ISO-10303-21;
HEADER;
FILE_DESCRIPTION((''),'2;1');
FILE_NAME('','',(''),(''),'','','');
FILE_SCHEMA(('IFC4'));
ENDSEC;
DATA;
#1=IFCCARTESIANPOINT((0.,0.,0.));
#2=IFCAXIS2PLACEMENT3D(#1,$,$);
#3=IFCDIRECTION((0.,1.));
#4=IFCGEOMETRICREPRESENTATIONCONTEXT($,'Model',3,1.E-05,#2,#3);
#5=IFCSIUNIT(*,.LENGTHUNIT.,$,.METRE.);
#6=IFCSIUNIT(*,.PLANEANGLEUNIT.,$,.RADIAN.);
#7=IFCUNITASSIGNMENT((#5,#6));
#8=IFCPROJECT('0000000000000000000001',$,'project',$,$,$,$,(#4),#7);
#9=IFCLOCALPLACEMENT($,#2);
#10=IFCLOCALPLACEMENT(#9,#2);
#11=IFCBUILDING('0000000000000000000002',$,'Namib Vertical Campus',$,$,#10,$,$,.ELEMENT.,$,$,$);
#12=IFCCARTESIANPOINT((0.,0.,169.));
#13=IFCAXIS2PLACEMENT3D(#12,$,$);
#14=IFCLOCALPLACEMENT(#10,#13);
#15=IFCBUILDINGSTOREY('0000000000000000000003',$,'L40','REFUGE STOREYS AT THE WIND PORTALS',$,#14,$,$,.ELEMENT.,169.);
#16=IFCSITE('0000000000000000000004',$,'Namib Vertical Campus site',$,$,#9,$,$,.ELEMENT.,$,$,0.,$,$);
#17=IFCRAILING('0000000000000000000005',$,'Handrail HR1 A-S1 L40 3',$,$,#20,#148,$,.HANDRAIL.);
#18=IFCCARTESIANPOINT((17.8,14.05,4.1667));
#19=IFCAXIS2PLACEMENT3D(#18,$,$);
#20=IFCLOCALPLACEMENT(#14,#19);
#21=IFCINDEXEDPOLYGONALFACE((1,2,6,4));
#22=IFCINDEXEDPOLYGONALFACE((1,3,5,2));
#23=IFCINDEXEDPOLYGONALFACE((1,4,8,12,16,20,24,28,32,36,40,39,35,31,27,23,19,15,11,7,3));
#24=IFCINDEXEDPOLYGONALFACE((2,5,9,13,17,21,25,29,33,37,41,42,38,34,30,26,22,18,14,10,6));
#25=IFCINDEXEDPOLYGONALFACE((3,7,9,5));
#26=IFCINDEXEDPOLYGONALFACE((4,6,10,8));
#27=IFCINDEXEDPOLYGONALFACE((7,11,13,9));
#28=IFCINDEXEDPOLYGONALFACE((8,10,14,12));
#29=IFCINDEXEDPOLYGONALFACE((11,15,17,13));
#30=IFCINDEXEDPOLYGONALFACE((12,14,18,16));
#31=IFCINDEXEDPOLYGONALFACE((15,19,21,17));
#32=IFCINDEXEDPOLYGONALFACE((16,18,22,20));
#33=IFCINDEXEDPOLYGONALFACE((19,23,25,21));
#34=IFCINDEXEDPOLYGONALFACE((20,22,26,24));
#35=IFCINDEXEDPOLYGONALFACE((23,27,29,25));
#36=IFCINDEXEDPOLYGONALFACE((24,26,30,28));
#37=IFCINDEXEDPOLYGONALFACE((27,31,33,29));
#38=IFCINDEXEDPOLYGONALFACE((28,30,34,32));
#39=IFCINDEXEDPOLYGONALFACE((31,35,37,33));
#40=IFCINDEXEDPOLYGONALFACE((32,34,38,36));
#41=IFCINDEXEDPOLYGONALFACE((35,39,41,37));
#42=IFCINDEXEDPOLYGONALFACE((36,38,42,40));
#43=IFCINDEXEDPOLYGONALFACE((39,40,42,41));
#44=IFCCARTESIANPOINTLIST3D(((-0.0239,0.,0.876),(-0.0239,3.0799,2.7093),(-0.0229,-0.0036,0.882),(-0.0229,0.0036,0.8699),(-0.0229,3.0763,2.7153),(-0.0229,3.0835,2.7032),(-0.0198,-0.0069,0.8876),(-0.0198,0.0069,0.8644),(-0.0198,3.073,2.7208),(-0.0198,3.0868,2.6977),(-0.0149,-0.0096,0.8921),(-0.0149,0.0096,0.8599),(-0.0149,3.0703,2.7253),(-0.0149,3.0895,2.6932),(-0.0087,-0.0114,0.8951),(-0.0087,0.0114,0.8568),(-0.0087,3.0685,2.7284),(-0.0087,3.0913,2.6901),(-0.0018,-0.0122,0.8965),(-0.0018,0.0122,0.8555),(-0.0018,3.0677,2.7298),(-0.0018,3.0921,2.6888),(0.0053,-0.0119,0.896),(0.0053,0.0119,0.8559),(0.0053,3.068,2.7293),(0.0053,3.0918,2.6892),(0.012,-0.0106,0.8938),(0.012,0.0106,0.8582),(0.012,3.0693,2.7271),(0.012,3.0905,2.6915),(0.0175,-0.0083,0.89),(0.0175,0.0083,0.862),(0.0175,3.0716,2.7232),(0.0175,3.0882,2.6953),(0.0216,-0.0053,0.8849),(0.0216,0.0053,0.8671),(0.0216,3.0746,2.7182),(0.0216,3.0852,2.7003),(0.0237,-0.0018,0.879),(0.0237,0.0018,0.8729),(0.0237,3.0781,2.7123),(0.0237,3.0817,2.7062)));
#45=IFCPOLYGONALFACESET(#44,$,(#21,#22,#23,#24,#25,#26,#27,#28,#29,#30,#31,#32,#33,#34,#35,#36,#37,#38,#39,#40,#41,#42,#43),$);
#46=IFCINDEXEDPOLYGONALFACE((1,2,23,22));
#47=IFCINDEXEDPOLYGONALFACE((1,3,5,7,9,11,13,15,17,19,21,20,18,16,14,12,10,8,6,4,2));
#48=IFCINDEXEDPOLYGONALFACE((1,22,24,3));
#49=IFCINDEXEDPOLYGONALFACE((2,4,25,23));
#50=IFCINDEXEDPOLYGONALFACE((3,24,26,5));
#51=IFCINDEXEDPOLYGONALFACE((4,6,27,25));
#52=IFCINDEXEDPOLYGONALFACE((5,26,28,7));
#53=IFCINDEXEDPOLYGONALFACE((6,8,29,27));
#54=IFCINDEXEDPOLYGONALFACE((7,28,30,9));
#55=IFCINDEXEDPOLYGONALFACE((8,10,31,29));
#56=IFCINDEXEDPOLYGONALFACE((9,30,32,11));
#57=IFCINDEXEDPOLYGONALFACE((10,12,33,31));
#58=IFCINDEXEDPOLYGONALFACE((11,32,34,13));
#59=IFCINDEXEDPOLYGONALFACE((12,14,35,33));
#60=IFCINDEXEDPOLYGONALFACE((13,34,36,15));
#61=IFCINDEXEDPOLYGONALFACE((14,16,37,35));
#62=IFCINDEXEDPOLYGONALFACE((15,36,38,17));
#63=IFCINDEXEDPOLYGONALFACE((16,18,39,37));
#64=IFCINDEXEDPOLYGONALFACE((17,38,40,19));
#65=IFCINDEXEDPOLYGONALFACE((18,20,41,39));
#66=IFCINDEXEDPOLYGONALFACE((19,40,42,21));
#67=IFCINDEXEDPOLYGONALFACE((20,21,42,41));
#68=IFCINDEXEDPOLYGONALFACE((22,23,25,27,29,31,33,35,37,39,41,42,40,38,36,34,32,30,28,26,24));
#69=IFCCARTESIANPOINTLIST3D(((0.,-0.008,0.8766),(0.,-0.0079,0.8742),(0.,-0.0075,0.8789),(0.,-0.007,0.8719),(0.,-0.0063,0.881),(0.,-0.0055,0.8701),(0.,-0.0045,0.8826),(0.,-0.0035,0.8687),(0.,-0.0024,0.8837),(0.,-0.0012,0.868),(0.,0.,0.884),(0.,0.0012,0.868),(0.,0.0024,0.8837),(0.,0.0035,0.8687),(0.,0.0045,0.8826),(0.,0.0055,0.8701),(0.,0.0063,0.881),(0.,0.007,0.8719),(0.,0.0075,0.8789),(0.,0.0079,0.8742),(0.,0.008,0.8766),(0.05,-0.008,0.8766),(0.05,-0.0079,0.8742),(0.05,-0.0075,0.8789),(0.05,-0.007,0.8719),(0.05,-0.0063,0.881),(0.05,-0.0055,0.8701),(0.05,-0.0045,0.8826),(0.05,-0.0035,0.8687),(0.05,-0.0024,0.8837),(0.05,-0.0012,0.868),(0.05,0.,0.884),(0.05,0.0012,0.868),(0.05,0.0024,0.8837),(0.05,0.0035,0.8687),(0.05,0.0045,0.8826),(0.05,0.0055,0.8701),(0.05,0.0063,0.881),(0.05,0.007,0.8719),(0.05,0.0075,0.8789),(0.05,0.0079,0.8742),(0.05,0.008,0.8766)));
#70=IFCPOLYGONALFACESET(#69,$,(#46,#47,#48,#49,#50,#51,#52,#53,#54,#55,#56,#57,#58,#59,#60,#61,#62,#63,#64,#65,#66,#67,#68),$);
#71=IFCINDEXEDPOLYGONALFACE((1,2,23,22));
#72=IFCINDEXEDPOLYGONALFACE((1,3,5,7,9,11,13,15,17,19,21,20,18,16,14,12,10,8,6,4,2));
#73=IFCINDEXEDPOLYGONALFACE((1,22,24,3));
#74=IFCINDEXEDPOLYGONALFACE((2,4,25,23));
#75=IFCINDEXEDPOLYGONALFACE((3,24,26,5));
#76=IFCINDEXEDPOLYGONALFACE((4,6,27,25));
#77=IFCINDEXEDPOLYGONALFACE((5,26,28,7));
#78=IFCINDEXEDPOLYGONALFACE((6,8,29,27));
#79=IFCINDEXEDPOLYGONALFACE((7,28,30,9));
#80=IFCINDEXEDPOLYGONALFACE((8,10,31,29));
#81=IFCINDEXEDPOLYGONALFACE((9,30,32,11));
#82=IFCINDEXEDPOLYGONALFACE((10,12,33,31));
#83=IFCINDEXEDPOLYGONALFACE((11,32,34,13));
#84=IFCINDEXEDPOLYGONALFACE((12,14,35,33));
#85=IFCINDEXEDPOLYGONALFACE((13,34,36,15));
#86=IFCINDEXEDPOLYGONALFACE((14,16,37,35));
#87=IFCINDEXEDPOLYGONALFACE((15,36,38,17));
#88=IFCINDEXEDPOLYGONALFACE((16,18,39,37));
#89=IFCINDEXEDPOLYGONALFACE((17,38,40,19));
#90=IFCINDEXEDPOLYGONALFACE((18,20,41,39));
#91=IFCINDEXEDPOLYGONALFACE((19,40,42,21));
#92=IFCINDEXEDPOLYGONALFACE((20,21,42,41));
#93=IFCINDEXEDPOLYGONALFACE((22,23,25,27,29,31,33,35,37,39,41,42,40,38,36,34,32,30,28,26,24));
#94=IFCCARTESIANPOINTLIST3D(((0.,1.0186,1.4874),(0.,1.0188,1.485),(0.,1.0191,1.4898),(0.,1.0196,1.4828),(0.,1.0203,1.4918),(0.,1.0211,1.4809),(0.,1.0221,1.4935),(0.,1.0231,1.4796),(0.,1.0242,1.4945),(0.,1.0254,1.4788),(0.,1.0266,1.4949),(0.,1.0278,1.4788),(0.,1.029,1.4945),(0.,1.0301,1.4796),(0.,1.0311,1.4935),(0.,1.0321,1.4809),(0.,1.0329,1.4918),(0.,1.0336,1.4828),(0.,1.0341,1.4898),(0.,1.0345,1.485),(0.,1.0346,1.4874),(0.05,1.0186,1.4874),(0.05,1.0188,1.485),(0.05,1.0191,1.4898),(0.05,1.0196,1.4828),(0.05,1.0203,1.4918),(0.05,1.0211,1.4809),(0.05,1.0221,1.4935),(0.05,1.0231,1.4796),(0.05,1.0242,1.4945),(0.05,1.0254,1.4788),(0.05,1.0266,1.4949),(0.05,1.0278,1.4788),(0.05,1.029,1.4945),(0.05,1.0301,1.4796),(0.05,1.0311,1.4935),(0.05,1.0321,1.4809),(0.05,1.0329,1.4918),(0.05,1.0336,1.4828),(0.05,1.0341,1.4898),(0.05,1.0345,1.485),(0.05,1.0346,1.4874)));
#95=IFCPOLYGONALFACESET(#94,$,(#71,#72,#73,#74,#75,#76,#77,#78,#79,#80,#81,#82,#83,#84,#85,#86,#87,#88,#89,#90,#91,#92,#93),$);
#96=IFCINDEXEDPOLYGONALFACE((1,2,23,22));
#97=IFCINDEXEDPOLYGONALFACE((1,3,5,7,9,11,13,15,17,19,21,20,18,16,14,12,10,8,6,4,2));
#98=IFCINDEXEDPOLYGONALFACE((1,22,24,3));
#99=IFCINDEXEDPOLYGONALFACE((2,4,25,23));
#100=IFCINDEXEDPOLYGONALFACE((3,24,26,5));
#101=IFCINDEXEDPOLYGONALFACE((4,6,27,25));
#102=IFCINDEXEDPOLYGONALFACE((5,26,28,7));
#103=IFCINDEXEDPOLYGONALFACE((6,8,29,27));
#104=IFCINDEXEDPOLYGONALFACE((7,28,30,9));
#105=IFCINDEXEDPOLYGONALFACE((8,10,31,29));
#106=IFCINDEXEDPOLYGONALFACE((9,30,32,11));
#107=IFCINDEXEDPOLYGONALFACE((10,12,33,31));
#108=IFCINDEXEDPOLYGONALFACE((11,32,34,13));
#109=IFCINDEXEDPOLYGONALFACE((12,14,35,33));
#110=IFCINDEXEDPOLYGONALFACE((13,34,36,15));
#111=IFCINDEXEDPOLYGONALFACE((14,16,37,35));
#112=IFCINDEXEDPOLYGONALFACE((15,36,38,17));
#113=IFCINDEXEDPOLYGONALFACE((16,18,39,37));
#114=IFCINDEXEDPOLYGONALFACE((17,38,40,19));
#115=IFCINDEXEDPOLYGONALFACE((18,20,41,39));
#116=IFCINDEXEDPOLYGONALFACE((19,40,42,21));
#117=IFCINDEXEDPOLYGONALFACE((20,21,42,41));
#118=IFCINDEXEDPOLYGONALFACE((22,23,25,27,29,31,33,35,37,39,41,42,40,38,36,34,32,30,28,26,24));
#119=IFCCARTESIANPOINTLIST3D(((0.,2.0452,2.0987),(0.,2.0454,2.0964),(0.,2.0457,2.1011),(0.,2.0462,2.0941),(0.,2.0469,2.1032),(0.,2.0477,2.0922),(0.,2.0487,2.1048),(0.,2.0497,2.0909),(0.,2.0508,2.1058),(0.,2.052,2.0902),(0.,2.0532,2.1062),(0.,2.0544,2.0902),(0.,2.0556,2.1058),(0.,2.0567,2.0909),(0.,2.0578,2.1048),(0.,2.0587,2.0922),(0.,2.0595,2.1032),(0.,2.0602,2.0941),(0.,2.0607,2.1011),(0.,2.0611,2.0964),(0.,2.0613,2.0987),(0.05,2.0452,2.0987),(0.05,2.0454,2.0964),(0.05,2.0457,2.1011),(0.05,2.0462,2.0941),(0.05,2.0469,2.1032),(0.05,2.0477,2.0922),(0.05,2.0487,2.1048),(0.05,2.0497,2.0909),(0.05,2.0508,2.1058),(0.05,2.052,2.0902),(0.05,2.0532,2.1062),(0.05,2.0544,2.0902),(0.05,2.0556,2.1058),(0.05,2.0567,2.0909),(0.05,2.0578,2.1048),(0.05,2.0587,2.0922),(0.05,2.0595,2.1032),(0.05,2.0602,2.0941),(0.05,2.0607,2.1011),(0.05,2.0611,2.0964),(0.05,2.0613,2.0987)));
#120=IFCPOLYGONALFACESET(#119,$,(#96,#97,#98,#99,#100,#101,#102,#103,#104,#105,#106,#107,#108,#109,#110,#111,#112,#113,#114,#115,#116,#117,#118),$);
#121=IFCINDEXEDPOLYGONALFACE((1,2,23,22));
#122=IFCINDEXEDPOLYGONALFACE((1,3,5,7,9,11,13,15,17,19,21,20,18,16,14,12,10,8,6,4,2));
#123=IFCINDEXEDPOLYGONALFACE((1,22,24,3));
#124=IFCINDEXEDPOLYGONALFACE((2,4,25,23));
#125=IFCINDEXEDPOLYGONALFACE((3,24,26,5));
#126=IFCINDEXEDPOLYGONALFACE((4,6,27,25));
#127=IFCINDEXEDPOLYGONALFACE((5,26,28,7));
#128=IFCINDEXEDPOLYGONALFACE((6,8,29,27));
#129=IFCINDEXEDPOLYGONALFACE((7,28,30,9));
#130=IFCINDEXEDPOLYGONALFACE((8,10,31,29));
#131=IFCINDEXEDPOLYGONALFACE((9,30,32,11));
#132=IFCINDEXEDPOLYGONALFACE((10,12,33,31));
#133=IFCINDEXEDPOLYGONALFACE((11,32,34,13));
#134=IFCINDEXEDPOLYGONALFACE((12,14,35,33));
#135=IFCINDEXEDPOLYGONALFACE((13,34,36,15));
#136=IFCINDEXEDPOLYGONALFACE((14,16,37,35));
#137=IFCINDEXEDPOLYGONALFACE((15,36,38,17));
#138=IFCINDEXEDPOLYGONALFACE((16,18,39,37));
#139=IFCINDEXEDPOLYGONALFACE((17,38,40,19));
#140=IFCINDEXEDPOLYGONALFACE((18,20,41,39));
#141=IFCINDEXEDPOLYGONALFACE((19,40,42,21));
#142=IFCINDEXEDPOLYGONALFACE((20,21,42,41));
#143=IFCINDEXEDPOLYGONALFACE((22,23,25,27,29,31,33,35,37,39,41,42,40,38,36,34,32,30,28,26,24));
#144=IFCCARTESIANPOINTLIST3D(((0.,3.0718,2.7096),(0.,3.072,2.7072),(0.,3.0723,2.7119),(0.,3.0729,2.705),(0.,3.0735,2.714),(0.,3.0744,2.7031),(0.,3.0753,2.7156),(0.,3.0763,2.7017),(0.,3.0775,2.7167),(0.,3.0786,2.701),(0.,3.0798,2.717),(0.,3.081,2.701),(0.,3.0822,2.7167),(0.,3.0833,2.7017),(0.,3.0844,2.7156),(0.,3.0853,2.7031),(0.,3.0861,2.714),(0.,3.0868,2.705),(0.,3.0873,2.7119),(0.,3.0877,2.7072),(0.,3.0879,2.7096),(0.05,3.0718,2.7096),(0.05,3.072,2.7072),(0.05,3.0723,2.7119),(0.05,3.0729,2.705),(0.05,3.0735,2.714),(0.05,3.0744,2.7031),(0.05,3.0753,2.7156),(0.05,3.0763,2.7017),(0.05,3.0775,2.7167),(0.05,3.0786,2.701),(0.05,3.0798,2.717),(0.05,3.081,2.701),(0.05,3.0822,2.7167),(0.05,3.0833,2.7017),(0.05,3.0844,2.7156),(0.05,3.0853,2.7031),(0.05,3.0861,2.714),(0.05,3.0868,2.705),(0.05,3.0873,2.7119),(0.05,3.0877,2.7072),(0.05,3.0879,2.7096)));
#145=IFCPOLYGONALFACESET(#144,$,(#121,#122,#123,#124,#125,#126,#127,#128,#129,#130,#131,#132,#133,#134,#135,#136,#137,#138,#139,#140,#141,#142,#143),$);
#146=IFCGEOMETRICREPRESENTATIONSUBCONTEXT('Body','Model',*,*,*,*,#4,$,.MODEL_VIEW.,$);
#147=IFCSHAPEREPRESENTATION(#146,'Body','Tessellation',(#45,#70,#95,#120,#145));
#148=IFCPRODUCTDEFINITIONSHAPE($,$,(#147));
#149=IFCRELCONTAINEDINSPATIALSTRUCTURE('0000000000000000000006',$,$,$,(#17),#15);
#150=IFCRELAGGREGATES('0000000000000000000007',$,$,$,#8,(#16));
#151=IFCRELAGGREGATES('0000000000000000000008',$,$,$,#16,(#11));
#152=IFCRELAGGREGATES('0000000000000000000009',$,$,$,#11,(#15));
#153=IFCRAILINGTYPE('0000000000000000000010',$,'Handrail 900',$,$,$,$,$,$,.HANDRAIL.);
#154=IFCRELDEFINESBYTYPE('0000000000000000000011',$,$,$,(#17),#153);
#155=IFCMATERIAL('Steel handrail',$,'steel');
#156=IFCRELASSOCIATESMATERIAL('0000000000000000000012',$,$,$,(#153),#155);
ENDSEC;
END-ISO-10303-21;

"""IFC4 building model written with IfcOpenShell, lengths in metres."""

from ifc_helpers import new_model, si_unit, direction, frame, origin, origin_2d, place, context, subcontext, project, spatial, circle, extrude, material, type_object, element, save


model = new_model("IFC4")

# Units and contexts
model_context = context("Model", 3, precision=1e-05, world=origin(), true_north=direction((0.0, 1.0)))
body_context = subcontext(model_context, "Body", "Model", "MODEL_VIEW")
ifc_project = project(units=[si_unit("LENGTHUNIT", "METRE"), si_unit("PLANEANGLEUNIT", "RADIAN")], contexts=[model_context])

# Site, building, storey
site_placement = place(None, origin())
site = spatial("IfcSite", under=ifc_project, at=site_placement, Name="Namib Vertical Campus site", CompositionType="ELEMENT", RefElevation=0.0)
building_placement = place(site_placement, origin())
building = spatial("IfcBuilding", under=site, at=building_placement, Name="Namib Vertical Campus", CompositionType="ELEMENT")
storey_placement = place(building_placement, frame((0.0, 0.0, 169.0)))
storey = spatial("IfcBuildingStorey", under=building, at=storey_placement, Name="L40", Description="REFUGE STOREYS AT THE WIND PORTALS", CompositionType="ELEMENT", Elevation=169.0)

# Railing
ifc_material_1 = material(Name="Steel handrail", Category="steel")
railing_type_1 = type_object("IfcRailingType", Name="Handrail 900", PredefinedType="HANDRAIL", material=ifc_material_1)
for number, where, name in (
    (1, (17.8, 14.05, 4.1667), "Handrail HR1 A-S1 L40 3"),
):
    element("IfcRailing", number, at=place(storey_placement, frame(where)), inside=storey, type_object=railing_type_1, Name=name, PredefinedType="HANDRAIL", context=body_context, shape_type="SweptSolid", body=[
        extrude(circle(Radius=0.0239, at=origin_2d()), frame((0.0, 0.0, 0.876), z_axis=(0.0, 0.859291, 0.511487), x_axis=(-1.0, 0.0, 0.0)), (0.0, 0.0, 1.0), 3.5842),
        extrude(circle(Radius=0.0081, at=origin_2d()), frame((0.0, 0.0, 0.876), z_axis=(1.0, 0.0, 0.0), x_axis=(0.0, 0.0, 1.0)), (0.0, 0.0, 1.0), 0.05),
        extrude(circle(Radius=0.0081, at=origin_2d()), frame((0.0, 1.0266, 1.4868), z_axis=(1.0, 0.0, 0.0), x_axis=(0.0, 0.0, 1.0)), (0.0, 0.0, 1.0), 0.05),
        extrude(circle(Radius=0.0081, at=origin_2d()), frame((0.0, 2.0532, 2.0981), z_axis=(1.0, 0.0, 0.0), x_axis=(0.0, 0.0, 1.0)), (0.0, 0.0, 1.0), 0.05),
        extrude(circle(Radius=0.0081, at=origin_2d()), frame((0.0, 3.0798, 2.709), z_axis=(1.0, 0.0, 0.0), x_axis=(0.0, 0.0, 1.0)), (0.0, 0.0, 1.0), 0.05),
    ])

save(model, "model.ifc")
